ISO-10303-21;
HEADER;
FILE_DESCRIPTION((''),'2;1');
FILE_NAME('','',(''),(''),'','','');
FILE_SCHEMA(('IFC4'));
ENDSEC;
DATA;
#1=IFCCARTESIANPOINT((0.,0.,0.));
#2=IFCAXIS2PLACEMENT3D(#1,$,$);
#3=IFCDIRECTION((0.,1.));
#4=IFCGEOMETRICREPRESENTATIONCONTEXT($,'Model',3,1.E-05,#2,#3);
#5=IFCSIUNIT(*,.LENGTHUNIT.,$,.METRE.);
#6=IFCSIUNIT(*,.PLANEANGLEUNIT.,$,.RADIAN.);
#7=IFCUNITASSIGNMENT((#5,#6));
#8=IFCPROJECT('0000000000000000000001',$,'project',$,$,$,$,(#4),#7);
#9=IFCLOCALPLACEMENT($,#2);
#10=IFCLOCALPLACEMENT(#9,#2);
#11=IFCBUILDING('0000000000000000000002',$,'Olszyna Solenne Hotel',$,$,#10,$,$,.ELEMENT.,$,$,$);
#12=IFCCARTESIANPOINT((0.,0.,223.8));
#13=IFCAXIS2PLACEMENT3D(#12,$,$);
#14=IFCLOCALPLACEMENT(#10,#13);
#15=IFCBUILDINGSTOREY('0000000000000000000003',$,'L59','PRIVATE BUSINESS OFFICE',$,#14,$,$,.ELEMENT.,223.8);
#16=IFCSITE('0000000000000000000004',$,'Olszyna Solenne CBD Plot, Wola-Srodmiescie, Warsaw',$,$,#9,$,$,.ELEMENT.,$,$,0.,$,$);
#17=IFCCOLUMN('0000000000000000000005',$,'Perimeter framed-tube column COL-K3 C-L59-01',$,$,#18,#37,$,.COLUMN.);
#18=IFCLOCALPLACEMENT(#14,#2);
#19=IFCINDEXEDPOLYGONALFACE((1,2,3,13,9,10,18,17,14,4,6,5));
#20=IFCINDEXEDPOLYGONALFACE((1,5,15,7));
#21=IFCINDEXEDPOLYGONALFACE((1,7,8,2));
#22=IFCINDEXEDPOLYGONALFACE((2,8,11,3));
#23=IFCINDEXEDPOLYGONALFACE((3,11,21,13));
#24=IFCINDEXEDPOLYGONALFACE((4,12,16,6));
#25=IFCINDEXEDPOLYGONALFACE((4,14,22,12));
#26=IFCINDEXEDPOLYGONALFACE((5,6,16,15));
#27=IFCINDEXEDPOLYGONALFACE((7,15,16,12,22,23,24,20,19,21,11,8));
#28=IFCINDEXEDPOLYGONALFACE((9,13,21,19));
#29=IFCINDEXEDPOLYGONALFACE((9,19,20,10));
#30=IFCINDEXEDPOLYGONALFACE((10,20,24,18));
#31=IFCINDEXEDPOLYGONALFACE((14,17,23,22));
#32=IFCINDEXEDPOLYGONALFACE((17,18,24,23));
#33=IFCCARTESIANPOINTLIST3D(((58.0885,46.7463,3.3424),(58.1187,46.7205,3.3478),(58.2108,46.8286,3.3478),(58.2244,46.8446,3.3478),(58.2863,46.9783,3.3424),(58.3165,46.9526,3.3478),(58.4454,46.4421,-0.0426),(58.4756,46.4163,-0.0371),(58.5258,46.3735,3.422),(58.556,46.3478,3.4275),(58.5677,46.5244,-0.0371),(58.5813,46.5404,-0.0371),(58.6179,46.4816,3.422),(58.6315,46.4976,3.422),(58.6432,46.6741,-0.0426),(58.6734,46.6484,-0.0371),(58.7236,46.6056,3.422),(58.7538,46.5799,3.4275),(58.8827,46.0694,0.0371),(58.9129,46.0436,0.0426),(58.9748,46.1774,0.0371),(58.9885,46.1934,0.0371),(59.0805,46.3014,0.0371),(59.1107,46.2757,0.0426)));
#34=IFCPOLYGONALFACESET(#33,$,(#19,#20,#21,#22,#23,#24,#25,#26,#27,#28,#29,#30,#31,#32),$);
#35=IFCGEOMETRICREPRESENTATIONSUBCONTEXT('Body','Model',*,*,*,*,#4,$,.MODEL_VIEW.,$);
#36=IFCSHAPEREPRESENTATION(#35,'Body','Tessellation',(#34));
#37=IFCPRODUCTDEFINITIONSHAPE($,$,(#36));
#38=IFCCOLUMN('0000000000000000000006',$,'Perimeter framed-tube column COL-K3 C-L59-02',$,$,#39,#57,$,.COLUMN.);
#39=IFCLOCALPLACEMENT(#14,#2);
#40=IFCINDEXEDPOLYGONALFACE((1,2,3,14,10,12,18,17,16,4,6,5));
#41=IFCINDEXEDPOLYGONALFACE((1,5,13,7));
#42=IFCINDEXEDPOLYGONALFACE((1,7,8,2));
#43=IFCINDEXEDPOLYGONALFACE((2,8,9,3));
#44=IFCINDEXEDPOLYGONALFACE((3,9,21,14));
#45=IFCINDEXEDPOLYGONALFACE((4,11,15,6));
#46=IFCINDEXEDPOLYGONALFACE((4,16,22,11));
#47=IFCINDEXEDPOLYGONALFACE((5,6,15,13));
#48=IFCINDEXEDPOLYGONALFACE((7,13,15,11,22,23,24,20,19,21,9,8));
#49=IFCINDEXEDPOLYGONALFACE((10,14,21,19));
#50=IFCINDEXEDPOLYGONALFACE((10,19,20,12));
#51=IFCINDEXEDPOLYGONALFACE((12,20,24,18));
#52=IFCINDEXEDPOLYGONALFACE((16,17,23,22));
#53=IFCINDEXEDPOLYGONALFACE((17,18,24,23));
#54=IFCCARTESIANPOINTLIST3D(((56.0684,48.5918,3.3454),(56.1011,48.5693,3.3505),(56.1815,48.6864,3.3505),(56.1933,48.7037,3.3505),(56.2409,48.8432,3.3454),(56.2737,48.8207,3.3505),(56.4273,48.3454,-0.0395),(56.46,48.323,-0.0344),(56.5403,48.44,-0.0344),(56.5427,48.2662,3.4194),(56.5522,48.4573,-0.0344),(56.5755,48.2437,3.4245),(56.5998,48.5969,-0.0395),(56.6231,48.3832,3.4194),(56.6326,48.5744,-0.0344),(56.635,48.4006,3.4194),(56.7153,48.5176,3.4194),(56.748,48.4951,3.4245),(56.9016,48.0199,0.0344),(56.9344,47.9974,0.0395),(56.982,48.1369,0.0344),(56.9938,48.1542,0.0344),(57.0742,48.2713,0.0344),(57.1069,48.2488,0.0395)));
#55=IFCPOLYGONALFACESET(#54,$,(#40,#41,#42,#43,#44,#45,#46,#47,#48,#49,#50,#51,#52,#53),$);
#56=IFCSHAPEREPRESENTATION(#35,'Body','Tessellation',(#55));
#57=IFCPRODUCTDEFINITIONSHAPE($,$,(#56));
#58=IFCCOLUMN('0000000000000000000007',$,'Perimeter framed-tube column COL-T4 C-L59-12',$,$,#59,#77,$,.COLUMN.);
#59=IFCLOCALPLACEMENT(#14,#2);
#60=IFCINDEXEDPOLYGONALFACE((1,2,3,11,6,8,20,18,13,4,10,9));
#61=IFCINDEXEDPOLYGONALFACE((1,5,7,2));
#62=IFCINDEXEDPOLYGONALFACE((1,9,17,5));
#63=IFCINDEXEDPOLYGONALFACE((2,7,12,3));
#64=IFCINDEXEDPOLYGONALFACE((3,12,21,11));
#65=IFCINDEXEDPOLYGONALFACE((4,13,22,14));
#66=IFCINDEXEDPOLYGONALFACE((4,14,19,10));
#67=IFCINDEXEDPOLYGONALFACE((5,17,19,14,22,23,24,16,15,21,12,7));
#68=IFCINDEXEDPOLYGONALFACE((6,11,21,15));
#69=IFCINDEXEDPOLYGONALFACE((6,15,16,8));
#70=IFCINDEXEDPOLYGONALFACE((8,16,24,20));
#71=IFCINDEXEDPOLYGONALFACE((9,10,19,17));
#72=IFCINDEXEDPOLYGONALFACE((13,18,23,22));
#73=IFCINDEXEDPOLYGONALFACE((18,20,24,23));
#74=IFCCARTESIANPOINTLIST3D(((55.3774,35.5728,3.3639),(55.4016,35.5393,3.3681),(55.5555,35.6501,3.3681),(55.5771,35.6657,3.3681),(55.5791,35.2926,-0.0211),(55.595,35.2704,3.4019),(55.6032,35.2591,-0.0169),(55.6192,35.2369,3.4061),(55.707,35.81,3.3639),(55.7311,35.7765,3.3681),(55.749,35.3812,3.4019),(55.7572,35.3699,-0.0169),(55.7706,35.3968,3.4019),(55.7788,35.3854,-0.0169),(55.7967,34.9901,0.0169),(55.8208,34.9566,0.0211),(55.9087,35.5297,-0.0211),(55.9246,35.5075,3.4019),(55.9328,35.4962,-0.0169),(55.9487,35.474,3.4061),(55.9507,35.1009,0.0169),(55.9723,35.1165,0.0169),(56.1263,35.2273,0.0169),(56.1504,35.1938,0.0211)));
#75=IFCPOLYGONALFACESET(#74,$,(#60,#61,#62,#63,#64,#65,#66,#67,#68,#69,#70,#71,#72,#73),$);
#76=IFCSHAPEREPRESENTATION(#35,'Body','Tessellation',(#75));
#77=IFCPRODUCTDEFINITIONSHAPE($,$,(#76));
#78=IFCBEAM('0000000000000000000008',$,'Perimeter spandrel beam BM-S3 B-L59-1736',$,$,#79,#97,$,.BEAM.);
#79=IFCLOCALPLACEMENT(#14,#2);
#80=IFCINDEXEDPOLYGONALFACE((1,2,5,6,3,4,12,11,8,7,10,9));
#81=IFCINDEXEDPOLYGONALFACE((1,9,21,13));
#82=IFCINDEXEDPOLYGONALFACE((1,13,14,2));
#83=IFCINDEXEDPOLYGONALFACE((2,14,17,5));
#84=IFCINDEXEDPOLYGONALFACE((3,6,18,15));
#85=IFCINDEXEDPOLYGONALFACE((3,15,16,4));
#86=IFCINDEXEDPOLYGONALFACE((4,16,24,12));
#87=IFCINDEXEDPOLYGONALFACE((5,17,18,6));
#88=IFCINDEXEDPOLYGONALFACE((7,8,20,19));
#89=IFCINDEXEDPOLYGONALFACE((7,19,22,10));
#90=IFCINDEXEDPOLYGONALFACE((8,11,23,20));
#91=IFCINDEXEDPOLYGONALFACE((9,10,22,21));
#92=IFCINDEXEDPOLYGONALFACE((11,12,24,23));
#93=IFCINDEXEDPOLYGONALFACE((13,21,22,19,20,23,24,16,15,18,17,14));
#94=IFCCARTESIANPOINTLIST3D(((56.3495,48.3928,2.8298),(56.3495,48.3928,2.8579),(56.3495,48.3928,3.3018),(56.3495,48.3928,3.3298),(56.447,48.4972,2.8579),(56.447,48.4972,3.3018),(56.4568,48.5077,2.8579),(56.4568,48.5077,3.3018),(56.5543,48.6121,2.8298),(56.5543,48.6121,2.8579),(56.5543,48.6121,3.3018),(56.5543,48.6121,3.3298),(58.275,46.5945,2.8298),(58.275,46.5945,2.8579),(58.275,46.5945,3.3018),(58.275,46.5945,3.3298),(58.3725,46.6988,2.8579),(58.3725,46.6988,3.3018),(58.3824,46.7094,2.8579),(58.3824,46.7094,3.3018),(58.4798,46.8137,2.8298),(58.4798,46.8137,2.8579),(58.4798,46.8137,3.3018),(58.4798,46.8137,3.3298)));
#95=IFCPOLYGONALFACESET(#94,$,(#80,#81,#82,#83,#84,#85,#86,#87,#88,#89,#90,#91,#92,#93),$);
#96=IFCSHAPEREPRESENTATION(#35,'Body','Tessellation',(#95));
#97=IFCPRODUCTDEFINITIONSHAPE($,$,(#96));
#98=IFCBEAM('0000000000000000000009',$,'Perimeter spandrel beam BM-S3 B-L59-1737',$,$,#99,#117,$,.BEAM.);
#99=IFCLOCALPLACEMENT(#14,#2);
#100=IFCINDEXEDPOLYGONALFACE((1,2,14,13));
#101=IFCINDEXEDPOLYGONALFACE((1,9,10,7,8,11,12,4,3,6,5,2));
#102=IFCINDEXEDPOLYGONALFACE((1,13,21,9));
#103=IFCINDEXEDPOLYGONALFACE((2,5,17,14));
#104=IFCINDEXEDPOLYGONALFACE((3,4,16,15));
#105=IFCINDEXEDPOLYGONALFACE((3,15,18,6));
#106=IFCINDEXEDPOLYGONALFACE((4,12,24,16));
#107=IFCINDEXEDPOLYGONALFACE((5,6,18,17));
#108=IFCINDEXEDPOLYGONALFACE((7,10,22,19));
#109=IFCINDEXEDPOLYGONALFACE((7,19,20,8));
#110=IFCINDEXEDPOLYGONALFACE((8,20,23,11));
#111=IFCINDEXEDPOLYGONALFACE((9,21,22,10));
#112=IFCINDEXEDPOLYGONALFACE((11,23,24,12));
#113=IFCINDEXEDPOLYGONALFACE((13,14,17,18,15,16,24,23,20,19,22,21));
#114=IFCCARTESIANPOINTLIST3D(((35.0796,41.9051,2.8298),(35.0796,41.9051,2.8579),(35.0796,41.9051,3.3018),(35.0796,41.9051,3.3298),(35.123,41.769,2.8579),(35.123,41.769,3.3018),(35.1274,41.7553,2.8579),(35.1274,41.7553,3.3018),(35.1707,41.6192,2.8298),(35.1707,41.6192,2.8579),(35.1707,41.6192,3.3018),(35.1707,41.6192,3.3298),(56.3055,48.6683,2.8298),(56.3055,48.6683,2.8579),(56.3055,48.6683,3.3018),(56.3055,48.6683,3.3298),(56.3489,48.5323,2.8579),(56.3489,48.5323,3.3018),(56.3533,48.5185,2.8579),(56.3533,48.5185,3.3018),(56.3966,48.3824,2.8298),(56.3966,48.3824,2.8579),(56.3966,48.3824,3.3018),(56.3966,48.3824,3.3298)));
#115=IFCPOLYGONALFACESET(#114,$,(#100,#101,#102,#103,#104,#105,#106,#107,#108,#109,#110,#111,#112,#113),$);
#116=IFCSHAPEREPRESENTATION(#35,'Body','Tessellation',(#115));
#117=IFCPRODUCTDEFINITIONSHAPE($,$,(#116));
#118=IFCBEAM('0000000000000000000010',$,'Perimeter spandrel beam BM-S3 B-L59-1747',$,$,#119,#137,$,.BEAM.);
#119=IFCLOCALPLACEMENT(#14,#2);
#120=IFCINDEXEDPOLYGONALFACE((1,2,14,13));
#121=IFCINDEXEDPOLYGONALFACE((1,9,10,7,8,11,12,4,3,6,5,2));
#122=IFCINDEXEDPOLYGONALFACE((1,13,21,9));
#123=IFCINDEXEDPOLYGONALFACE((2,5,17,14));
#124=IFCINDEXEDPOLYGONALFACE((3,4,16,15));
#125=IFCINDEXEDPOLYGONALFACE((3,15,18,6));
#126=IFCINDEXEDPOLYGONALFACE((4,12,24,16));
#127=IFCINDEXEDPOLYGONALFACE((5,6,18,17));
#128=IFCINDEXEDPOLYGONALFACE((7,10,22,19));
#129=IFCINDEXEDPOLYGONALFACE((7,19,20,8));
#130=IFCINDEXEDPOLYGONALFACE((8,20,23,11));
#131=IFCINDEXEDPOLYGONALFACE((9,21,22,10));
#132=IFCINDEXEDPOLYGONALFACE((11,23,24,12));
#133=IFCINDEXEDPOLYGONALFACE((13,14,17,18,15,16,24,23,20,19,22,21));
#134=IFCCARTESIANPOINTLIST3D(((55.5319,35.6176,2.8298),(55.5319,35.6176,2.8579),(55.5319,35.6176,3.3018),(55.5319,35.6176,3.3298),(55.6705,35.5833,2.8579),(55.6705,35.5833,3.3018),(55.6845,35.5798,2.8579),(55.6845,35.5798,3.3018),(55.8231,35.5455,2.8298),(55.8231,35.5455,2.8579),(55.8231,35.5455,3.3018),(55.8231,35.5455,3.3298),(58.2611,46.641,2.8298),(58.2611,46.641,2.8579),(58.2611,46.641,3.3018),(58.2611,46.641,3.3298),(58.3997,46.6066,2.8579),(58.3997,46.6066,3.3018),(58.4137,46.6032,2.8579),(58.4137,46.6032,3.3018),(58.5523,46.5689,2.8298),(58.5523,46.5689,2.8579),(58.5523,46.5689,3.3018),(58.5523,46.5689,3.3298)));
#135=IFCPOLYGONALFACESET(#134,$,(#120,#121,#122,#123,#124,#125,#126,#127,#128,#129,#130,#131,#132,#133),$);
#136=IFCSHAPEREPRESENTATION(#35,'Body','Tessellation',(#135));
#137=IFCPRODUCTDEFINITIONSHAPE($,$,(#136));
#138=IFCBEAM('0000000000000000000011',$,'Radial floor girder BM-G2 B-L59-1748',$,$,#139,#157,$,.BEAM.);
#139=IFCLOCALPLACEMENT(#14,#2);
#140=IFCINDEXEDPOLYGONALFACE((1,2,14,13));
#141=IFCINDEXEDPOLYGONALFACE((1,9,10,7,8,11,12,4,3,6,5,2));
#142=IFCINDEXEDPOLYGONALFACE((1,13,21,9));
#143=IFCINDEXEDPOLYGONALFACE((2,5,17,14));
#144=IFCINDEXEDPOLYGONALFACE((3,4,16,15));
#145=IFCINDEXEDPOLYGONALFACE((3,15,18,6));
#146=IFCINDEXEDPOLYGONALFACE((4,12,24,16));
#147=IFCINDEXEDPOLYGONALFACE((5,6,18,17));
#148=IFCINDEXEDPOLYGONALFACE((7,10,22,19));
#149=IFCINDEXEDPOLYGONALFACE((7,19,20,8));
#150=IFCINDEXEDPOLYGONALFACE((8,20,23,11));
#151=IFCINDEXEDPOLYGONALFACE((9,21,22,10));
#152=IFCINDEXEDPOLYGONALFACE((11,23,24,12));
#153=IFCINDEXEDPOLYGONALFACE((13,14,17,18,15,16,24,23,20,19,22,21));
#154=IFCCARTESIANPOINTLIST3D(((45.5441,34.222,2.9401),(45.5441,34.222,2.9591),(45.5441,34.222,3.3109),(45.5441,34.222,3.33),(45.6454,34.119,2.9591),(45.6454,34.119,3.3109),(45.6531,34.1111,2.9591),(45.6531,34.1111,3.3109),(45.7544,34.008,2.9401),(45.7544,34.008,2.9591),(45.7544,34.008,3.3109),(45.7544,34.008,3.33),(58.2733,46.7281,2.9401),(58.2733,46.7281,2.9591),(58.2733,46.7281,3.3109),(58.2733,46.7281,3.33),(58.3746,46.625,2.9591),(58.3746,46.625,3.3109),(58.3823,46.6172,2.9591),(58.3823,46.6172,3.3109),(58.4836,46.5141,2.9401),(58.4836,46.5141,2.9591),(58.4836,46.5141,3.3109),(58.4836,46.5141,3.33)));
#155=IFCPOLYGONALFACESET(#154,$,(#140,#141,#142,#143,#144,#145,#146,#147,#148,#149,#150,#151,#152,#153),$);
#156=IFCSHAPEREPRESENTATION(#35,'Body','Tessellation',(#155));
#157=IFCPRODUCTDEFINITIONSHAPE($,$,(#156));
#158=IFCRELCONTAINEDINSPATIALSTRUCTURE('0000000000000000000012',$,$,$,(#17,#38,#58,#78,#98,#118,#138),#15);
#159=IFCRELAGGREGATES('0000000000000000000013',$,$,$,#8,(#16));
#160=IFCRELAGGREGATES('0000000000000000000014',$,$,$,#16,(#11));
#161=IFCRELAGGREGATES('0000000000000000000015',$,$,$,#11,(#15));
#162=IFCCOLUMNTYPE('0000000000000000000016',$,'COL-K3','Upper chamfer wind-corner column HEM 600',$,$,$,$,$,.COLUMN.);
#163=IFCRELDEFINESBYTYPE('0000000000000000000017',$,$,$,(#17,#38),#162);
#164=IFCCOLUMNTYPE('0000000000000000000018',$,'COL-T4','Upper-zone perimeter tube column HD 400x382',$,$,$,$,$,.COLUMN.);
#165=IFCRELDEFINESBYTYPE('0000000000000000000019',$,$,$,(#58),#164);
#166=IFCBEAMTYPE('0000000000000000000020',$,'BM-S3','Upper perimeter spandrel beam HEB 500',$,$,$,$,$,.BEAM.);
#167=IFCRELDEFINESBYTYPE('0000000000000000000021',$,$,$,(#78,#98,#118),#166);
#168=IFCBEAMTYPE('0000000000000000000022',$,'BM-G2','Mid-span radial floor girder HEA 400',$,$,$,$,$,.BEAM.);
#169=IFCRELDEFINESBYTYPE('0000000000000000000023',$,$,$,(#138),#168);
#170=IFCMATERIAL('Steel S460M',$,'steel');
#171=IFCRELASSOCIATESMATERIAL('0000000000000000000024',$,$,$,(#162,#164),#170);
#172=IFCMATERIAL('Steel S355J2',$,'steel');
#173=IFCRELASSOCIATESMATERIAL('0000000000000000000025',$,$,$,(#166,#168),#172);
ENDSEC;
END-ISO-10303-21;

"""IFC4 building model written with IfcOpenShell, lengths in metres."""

from ifc_helpers import new_model, si_unit, direction, frame, origin, origin_2d, place, context, subcontext, project, spatial, i_section, extrude, source, transform, mapped, material, material_profile, profile_set, type_object, element, save


model = new_model("IFC4")

# Units and contexts
model_context = context("Model", 3, precision=1e-05, world=origin(), true_north=direction((0.0, 1.0)))
body_context = subcontext(model_context, "Body", "Model", "MODEL_VIEW")
ifc_project = project(units=[si_unit("LENGTHUNIT", "METRE"), si_unit("PLANEANGLEUNIT", "RADIAN")], contexts=[model_context])

# Site, building, storey
site_placement = place(None, origin())
site = spatial("IfcSite", under=ifc_project, at=site_placement, Name="Olszyna Solenne CBD Plot, Wola-Srodmiescie, Warsaw", CompositionType="ELEMENT", RefElevation=0.0)
building_placement = place(site_placement, origin())
building = spatial("IfcBuilding", under=site, at=building_placement, Name="Olszyna Solenne Hotel", CompositionType="ELEMENT")
storey_placement = place(building_placement, frame((0.0, 0.0, 223.8)))
storey = spatial("IfcBuildingStorey", under=building, at=storey_placement, Name="L59", Description="PRIVATE BUSINESS OFFICE", CompositionType="ELEMENT", Elevation=223.8)

# Columns
ifc_material_1 = material(Name="Steel S460M", Category="steel")
ifc_material_profile_1 = material_profile(ifc_material_1, i_section(OverallWidth=0.3049, OverallDepth=0.6201, WebThickness=0.021, FlangeThickness=0.04, at=origin_2d()), Name="HEM 600", Category="load-bearing")
ifc_profile_set_1 = profile_set([ifc_material_profile_1], Name="Steel S460M")
column_type_1 = type_object("IfcColumnType", Name="COL-K3", Description="Upper chamfer wind-corner column HEM 600", PredefinedType="COLUMN", material=ifc_profile_set_1)
shared_shape_1 = source(origin(), body_context, "Body", "SweptSolid", [
    extrude(i_section(OverallWidth=0.3049, OverallDepth=0.6201, WebThickness=0.021, FlangeThickness=0.04, at=origin_2d()), origin(), (0.0, 0.0, 1.0), 3.4172),
])
column_1_placement = place(storey_placement, frame((58.7781, 46.3589, 0.0), z_axis=(-0.104448, 0.089016, 0.990539), x_axis=(-0.648645, -0.761091, 0.0)))
element("IfcColumn", 1, at=column_1_placement, inside=storey, type_object=column_type_1, Name="Perimeter framed-tube column COL-K3 C-L59-01", PredefinedType="COLUMN", context=body_context, shape_type="MappedRepresentation", body=[
    mapped(shared_shape_1, transform((0.0, 0.0, 0.0), x_axis=(1.0, 0.0, 0.0), y_axis=(0.0, 1.0, 0.0), z_axis=(0.0, 0.0, 1.0), scale=1.0)),
])
shared_shape_2 = source(origin(), body_context, "Body", "SweptSolid", [
    extrude(i_section(OverallWidth=0.3049, OverallDepth=0.6201, WebThickness=0.021, FlangeThickness=0.04, at=origin_2d()), origin(), (0.0, 0.0, 1.0), 3.4128),
])
column_2_placement = place(storey_placement, frame((56.7671, 48.2971, 0.0), z_axis=(-0.105156, 0.072179, 0.991833), x_axis=(-0.56591, -0.824467, 0.0)))
element("IfcColumn", 2, at=column_2_placement, inside=storey, type_object=column_type_1, Name="Perimeter framed-tube column COL-K3 C-L59-02", PredefinedType="COLUMN", context=body_context, shape_type="MappedRepresentation", body=[
    mapped(shared_shape_2, transform((0.0, 0.0, 0.0), x_axis=(1.0, 0.0, 0.0), y_axis=(0.0, 1.0, 0.0), z_axis=(0.0, 0.0, 1.0), scale=1.0)),
])
ifc_material_profile_2 = material_profile(ifc_material_1, i_section(OverallWidth=0.406, OverallDepth=0.416, WebThickness=0.0266, FlangeThickness=0.0415, at=origin_2d()), Name="HD 400x382", Category="load-bearing")
ifc_profile_set_2 = profile_set([ifc_material_profile_2], Name="Steel S460M")
column_type_2 = type_object("IfcColumnType", Name="COL-T4", Description="Upper-zone perimeter tube column HD 400x382", PredefinedType="COLUMN", material=ifc_profile_set_2)
shared_shape_3 = source(origin(), body_context, "Body", "SweptSolid", [
    extrude(i_section(OverallWidth=0.406, OverallDepth=0.416, WebThickness=0.0266, FlangeThickness=0.0415, at=origin_2d()), origin(), (0.0, 0.0, 1.0), 3.4026),
])
column_3_placement = place(storey_placement, frame((55.8647, 35.2432, 0.0), z_axis=(-0.059267, 0.082371, 0.994838), x_axis=(-0.811722, -0.584044, 0.0)))
element("IfcColumn", 3, at=column_3_placement, inside=storey, type_object=column_type_2, Name="Perimeter framed-tube column COL-T4 C-L59-12", PredefinedType="COLUMN", context=body_context, shape_type="MappedRepresentation", body=[
    mapped(shared_shape_3, transform((0.0, 0.0, 0.0), x_axis=(1.0, 0.0, 0.0), y_axis=(0.0, 1.0, 0.0), z_axis=(0.0, 0.0, 1.0), scale=1.0)),
])

# Beams
ifc_material_2 = material(Name="Steel S355J2", Category="steel")
ifc_material_profile_3 = material_profile(ifc_material_2, i_section(OverallWidth=0.3, OverallDepth=0.5, WebThickness=0.0144, FlangeThickness=0.0281, at=origin_2d()), Name="HEB 500", Category="load-bearing")
ifc_profile_set_3 = profile_set([ifc_material_profile_3], Name="Steel S355J2")
beam_type_1 = type_object("IfcBeamType", Name="BM-S3", Description="Upper perimeter spandrel beam HEB 500", PredefinedType="BEAM", material=ifc_profile_set_3)
shared_shape_4 = source(origin(), body_context, "Body", "SweptSolid", [
    extrude(i_section(OverallWidth=0.3, OverallDepth=0.5, WebThickness=0.0144, FlangeThickness=0.0281, at=origin_2d()), origin(), (0.0, 0.0, 1.0), 2.6348),
])
beam_1_placement = place(storey_placement, frame((58.3774, 46.7041, 3.0798), z_axis=(-0.730833, 0.682556, 0.0), x_axis=(-0.682556, -0.730833, 0.0)))
element("IfcBeam", 4, at=beam_1_placement, inside=storey, type_object=beam_type_1, Name="Perimeter spandrel beam BM-S3 B-L59-1736", PredefinedType="BEAM", context=body_context, shape_type="MappedRepresentation", body=[
    mapped(shared_shape_4, transform((0.0, 0.0, 0.0), x_axis=(1.0, 0.0, 0.0), y_axis=(0.0, 1.0, 0.0), z_axis=(0.0, 0.0, 1.0), scale=1.0)),
])
shared_shape_5 = source(origin(), body_context, "Body", "SweptSolid", [
    extrude(i_section(OverallWidth=0.3, OverallDepth=0.5, WebThickness=0.0144, FlangeThickness=0.0281, at=origin_2d()), origin(), (0.0, 0.0, 1.0), 22.2773),
])
beam_2_placement = place(storey_placement, frame((56.3511, 48.5254, 3.0798), z_axis=(-0.952802, -0.303591, 0.0), x_axis=(0.303591, -0.952802, 0.0)))
element("IfcBeam", 5, at=beam_2_placement, inside=storey, type_object=beam_type_1, Name="Perimeter spandrel beam BM-S3 B-L59-1737", PredefinedType="BEAM", context=body_context, shape_type="MappedRepresentation", body=[
    mapped(shared_shape_5, transform((0.0, 0.0, 0.0), x_axis=(1.0, 0.0, 0.0), y_axis=(0.0, 1.0, 0.0), z_axis=(0.0, 0.0, 1.0), scale=1.0)),
])
shared_shape_6 = source(origin(), body_context, "Body", "SweptSolid", [
    extrude(i_section(OverallWidth=0.3, OverallDepth=0.5, WebThickness=0.0144, FlangeThickness=0.0281, at=origin_2d()), origin(), (0.0, 0.0, 1.0), 11.3562),
])
beam_3_placement = place(storey_placement, frame((55.6775, 35.5815, 3.0798), z_axis=(0.24033, 0.970691, 0.0), x_axis=(-0.970691, 0.24033, 0.0)))
element("IfcBeam", 6, at=beam_3_placement, inside=storey, type_object=beam_type_1, Name="Perimeter spandrel beam BM-S3 B-L59-1747", PredefinedType="BEAM", context=body_context, shape_type="MappedRepresentation", body=[
    mapped(shared_shape_6, transform((0.0, 0.0, 0.0), x_axis=(1.0, 0.0, 0.0), y_axis=(0.0, 1.0, 0.0), z_axis=(0.0, 0.0, 1.0), scale=1.0)),
])
ifc_material_profile_4 = material_profile(ifc_material_2, i_section(OverallWidth=0.3, OverallDepth=0.3899, WebThickness=0.011, FlangeThickness=0.019, at=origin_2d()), Name="HEA 400", Category="load-bearing")
ifc_profile_set_4 = profile_set([ifc_material_profile_4], Name="Steel S355J2")
beam_type_2 = type_object("IfcBeamType", Name="BM-G2", Description="Mid-span radial floor girder HEA 400", PredefinedType="BEAM", material=ifc_profile_set_4)
shared_shape_7 = source(origin(), body_context, "Body", "SweptSolid", [
    extrude(i_section(OverallWidth=0.3, OverallDepth=0.3899, WebThickness=0.011, FlangeThickness=0.019, at=origin_2d()), origin(), (0.0, 0.0, 1.0), 17.8447),
])
beam_4_placement = place(storey_placement, frame((58.3784, 46.6211, 3.135), z_axis=(-0.713332, -0.700827, 0.0), x_axis=(0.700827, -0.713332, 0.0)))
element("IfcBeam", 7, at=beam_4_placement, inside=storey, type_object=beam_type_2, Name="Radial floor girder BM-G2 B-L59-1748", PredefinedType="BEAM", context=body_context, shape_type="MappedRepresentation", body=[
    mapped(shared_shape_7, transform((0.0, 0.0, 0.0), x_axis=(1.0, 0.0, 0.0), y_axis=(0.0, 1.0, 0.0), z_axis=(0.0, 0.0, 1.0), scale=1.0)),
])

save(model, "model.ifc")
